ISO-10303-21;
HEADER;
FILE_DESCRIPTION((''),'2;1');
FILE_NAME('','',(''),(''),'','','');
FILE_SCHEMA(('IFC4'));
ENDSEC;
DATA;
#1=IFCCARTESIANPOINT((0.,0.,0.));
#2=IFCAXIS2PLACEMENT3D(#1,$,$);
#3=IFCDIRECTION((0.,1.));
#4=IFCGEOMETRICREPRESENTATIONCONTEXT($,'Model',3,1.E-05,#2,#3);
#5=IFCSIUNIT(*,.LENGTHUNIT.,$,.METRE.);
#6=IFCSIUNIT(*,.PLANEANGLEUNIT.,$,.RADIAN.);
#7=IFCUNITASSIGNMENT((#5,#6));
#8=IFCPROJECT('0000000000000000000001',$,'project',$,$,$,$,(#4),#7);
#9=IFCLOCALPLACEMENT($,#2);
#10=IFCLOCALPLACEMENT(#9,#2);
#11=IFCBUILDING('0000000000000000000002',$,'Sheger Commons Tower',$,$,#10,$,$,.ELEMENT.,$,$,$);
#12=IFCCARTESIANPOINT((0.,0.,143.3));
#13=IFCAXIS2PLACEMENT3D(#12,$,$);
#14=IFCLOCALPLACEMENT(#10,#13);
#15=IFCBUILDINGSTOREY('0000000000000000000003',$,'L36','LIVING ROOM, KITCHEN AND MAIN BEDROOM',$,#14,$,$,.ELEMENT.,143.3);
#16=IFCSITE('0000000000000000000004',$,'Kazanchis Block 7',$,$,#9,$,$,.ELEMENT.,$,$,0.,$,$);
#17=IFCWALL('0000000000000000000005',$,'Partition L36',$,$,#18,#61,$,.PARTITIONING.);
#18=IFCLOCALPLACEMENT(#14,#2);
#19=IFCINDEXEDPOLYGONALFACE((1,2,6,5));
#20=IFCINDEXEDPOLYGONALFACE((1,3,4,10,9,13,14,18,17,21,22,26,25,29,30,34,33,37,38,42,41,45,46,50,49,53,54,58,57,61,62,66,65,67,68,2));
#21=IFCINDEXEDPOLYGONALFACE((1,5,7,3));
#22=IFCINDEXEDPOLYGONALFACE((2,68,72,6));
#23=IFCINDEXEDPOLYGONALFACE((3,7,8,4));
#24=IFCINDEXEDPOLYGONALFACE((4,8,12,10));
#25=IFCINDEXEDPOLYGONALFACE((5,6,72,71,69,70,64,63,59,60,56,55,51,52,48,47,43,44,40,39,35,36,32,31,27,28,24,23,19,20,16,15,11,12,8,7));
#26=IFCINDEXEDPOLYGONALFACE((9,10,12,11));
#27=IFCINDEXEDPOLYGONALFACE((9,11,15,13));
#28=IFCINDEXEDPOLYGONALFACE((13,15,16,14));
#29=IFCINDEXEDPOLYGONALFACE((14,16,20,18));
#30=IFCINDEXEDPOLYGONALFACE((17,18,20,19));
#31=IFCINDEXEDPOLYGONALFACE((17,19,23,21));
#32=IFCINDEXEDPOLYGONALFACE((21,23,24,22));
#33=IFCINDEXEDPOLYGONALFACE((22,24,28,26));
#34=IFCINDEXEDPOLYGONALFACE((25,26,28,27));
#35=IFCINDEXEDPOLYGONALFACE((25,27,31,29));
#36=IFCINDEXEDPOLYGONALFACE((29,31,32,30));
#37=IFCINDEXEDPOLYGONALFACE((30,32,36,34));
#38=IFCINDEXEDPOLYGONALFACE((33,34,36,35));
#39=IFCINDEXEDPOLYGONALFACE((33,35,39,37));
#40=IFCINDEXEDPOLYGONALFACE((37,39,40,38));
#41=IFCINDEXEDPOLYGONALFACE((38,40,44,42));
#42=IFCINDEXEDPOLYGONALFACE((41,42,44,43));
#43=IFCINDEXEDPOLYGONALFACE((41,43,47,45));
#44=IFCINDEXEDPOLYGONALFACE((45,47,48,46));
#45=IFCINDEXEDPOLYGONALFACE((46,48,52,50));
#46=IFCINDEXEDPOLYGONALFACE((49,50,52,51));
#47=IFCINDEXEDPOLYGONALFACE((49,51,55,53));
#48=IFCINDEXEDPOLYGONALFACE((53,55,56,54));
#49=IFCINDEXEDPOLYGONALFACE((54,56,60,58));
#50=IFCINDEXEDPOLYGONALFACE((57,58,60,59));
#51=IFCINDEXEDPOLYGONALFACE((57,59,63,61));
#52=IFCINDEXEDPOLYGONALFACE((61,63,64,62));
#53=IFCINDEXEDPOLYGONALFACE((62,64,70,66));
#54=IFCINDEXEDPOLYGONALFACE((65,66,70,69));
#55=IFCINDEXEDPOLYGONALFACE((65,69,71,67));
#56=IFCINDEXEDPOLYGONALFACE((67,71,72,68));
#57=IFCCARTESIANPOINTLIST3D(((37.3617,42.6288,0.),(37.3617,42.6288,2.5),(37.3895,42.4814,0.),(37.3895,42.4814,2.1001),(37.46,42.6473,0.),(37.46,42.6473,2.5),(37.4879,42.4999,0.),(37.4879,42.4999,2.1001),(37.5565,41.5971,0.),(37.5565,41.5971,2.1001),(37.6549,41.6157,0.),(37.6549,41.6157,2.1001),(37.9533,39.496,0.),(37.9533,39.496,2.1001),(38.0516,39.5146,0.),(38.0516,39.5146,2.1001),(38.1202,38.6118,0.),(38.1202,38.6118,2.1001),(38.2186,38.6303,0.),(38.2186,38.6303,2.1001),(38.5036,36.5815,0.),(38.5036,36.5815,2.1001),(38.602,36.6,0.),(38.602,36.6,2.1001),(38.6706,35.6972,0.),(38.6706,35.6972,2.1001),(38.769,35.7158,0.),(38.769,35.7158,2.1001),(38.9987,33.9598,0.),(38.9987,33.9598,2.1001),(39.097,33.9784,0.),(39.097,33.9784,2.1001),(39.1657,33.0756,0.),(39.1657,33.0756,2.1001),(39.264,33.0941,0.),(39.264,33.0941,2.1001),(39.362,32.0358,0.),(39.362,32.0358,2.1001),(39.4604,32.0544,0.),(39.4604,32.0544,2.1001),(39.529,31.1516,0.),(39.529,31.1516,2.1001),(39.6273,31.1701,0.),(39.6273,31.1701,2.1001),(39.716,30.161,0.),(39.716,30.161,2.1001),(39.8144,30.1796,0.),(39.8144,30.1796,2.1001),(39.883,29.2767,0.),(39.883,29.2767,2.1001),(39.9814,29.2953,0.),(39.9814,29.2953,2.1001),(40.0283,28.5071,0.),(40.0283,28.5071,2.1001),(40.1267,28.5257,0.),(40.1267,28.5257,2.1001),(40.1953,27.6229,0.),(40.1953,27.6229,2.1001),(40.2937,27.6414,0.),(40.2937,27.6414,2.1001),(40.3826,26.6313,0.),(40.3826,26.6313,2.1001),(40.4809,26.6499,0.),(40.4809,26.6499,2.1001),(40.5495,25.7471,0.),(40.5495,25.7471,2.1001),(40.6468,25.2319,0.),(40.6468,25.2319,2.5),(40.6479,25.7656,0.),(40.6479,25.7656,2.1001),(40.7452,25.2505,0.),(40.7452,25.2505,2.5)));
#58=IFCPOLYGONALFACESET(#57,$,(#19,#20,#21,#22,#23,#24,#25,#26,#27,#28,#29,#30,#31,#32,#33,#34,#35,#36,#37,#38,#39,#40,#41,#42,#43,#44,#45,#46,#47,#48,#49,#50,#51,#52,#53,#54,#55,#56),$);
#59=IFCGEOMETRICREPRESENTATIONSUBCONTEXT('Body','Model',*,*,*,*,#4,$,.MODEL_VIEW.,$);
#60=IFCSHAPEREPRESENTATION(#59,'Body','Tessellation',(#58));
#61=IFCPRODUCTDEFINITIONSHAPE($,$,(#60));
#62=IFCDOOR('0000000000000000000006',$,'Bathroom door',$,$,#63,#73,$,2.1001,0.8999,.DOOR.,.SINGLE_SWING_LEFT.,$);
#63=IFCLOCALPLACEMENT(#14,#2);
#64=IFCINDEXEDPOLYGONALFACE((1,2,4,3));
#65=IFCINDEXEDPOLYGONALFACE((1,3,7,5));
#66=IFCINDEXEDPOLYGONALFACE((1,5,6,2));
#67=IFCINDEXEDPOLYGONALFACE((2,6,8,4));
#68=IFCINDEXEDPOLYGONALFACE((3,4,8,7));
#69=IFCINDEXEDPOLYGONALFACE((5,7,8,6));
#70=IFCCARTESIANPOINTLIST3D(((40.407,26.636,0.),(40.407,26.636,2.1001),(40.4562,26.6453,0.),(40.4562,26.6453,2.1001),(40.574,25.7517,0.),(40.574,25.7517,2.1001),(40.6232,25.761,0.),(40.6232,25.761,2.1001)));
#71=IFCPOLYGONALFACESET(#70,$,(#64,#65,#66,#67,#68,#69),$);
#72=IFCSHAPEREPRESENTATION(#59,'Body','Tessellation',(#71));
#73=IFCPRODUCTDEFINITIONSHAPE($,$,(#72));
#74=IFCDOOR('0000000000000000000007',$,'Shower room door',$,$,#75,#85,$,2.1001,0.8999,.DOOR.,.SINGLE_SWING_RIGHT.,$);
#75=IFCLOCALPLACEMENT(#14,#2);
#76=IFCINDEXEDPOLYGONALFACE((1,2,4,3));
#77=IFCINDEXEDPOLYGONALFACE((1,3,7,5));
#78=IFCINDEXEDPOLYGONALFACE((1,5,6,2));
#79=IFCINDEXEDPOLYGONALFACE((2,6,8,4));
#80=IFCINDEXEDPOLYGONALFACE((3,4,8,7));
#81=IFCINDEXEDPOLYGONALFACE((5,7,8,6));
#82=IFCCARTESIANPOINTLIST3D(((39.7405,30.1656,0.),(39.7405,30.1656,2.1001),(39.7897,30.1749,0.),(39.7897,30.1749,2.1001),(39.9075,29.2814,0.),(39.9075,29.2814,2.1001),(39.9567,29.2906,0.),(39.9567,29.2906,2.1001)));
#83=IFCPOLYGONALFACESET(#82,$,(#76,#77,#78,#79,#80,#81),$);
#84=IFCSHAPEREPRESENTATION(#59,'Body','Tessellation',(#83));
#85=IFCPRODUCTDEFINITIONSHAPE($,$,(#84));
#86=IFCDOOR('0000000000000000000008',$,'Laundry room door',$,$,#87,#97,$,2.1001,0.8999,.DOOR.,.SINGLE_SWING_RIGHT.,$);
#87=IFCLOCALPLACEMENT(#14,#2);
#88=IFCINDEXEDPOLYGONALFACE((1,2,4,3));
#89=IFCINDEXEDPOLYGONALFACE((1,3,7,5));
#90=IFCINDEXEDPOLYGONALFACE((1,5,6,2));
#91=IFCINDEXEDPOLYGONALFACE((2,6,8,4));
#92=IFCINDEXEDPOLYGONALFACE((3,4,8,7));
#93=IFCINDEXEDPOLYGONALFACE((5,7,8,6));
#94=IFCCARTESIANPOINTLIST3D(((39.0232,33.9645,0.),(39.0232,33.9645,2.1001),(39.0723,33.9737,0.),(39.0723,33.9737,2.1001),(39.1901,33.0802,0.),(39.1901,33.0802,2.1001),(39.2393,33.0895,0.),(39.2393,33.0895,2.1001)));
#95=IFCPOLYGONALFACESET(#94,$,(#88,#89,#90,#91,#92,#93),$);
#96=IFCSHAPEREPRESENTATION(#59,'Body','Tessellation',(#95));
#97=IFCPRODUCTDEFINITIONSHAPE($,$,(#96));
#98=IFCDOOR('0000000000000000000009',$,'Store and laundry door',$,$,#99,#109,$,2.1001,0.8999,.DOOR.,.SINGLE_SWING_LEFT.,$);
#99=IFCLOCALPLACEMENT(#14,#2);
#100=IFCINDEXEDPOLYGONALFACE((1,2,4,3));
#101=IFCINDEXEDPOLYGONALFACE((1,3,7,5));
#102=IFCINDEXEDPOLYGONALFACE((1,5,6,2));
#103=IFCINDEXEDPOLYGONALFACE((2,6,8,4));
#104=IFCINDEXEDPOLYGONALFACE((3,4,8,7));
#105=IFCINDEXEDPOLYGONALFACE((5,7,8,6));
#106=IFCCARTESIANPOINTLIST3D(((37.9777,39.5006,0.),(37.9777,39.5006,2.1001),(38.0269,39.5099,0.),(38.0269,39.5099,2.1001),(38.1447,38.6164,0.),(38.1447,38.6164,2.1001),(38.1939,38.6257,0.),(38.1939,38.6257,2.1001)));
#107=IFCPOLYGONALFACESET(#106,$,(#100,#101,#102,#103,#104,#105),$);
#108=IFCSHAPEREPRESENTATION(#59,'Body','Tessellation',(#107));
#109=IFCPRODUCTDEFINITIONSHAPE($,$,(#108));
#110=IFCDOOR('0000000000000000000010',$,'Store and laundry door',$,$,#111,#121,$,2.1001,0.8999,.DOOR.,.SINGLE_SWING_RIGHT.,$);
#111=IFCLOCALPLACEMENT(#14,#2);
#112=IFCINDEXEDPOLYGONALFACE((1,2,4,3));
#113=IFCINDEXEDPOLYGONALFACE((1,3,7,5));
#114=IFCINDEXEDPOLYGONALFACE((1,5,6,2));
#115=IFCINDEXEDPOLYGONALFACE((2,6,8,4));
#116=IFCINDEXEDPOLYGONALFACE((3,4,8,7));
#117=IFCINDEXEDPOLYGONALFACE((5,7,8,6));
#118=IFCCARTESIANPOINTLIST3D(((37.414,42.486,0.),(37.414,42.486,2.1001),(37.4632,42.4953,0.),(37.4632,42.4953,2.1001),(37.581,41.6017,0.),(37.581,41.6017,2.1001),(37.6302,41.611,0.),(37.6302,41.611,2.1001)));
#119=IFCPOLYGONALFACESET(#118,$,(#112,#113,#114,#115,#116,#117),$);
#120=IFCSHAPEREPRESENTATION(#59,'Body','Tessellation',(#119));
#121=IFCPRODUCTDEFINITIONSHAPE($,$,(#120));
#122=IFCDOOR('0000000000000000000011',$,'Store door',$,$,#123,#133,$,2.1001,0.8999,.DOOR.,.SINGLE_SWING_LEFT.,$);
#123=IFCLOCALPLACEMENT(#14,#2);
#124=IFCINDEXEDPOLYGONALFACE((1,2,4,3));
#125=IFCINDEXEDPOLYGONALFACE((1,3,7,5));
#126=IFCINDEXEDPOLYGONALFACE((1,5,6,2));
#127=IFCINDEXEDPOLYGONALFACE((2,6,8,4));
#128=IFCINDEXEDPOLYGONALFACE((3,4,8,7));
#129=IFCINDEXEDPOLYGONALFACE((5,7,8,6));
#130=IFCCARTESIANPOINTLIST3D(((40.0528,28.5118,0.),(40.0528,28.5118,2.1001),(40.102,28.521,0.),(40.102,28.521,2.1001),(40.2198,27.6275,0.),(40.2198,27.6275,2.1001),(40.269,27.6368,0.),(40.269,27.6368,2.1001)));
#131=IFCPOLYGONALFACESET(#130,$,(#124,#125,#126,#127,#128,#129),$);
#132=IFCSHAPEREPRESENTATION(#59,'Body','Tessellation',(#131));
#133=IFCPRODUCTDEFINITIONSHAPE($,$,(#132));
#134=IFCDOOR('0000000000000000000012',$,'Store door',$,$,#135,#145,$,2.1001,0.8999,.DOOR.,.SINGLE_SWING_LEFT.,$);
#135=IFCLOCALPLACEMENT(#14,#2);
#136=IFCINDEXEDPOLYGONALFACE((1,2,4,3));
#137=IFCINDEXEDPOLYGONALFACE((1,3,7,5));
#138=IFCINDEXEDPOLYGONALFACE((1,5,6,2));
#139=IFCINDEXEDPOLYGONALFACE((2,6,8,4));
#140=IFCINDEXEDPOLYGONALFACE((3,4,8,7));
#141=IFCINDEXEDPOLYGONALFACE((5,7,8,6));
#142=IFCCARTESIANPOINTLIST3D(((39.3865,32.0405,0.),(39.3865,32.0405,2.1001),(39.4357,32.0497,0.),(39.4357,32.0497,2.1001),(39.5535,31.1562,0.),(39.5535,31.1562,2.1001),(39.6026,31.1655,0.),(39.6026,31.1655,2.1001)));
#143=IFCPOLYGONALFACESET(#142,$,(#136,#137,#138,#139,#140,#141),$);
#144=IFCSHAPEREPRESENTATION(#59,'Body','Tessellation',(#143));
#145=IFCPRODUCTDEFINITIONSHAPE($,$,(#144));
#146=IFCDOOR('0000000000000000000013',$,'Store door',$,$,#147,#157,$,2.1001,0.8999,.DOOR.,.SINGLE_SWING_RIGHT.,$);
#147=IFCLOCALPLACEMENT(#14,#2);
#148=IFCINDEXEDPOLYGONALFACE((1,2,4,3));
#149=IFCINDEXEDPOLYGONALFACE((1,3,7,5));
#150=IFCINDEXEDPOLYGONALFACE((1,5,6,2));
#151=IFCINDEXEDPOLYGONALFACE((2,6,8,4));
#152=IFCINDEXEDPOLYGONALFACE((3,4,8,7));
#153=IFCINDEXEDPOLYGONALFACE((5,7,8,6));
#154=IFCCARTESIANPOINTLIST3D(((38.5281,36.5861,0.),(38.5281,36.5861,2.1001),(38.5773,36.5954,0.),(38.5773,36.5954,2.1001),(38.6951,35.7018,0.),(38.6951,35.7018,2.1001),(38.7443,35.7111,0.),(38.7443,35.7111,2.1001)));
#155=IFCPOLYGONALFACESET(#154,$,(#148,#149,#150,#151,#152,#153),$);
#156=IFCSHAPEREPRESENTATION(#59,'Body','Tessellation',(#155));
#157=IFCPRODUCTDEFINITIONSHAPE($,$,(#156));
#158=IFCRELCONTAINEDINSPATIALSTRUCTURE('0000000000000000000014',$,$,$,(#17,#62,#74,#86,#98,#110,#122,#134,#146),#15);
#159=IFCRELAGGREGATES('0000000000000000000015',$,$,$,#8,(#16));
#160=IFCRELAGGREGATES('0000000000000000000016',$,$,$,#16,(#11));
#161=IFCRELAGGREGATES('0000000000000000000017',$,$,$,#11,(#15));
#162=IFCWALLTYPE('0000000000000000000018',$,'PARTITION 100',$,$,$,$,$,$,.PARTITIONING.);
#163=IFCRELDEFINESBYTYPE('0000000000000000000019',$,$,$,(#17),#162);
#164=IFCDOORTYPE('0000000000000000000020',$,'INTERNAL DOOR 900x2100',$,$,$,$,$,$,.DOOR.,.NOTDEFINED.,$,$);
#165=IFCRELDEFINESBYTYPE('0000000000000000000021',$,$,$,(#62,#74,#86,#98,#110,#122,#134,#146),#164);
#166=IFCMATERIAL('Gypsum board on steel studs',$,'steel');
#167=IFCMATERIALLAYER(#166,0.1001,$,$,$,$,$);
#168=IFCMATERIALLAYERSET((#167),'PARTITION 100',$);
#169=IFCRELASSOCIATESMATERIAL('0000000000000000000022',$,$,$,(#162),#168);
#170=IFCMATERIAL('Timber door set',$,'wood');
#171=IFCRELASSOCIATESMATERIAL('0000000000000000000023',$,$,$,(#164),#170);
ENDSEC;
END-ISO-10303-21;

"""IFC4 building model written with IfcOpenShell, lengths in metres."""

from ifc_helpers import new_model, si_unit, direction, frame, frame_2d, origin, place, context, subcontext, project, spatial, rectangle, extrude, material, layer, layer_set, type_object, element, fill, save


model = new_model("IFC4")

# Units and contexts
model_context = context("Model", 3, precision=1e-05, world=origin(), true_north=direction((0.0, 1.0)))
body_context = subcontext(model_context, "Body", "Model", "MODEL_VIEW")
ifc_project = project(units=[si_unit("LENGTHUNIT", "METRE"), si_unit("PLANEANGLEUNIT", "RADIAN")], contexts=[model_context])

# Site, building, storey
site_placement = place(None, origin())
site = spatial("IfcSite", under=ifc_project, at=site_placement, Name="Kazanchis Block 7", CompositionType="ELEMENT", RefElevation=0.0)
building_placement = place(site_placement, origin())
building = spatial("IfcBuilding", under=site, at=building_placement, Name="Sheger Commons Tower", CompositionType="ELEMENT")
storey_placement = place(building_placement, frame((0.0, 0.0, 143.3)))
storey = spatial("IfcBuildingStorey", under=building, at=storey_placement, Name="L36", Description="LIVING ROOM, KITCHEN AND MAIN BEDROOM", CompositionType="ELEMENT", Elevation=143.3)

# Shared definitions
ifc_material_1 = material(Name="Gypsum board on steel studs", Category="steel")
ifc_layer = layer(ifc_material_1, 0.1001)
ifc_layer_set = layer_set([ifc_layer], Name="PARTITION 100")
wall_type = type_object("IfcWallType", Name="PARTITION 100", PredefinedType="PARTITIONING", material=ifc_layer_set)

# Wall, openings, doors
ifc_material_2 = material(Name="Timber door set", Category="wood")
door_type = type_object("IfcDoorType", Name="INTERNAL DOOR 900x2100", OperationType="NOTDEFINED", PredefinedType="DOOR", material=ifc_material_2)
wall_1_placement = place(storey_placement, frame((37.4109, 42.6379, 0.0), z_axis=(0.0, 0.0, 1.0), x_axis=(0.185556, -0.982634, 0.0)))
wall_1 = element("IfcWall", 1, at=wall_1_placement, inside=storey, type_object=wall_type, Name="Partition L36", PredefinedType="PARTITIONING", context=body_context, shape_type="SweptSolid", body=[
    extrude(rectangle(XDim=17.7043, YDim=0.1001, at=frame_2d((8.8521, 0.0))), origin(), (0.0, 0.0, 1.0), 2.5),
])
opening_1_placement = place(wall_1_placement, frame((16.28, 0.0, 0.0)))
opening_1 = element("IfcOpeningElement", 2, at=opening_1_placement, cuts=wall_1, PredefinedType="OPENING", context=body_context, shape_type="SweptSolid", body=[
    extrude(rectangle(XDim=0.8999, YDim=2.1001, at=frame_2d((0.45, 1.05))), frame((0.0, 0.0601, 0.0), z_axis=(0.0, -1.0, 0.0), x_axis=(1.0, 0.0, 0.0)), (0.0, 0.0, 1.0), 0.1201),
])
opening_2_placement = place(wall_1_placement, frame((12.688, 0.0, 0.0)))
opening_2 = element("IfcOpeningElement", 3, at=opening_2_placement, cuts=wall_1, PredefinedType="OPENING", context=body_context, shape_type="SweptSolid", body=[
    extrude(rectangle(XDim=0.8999, YDim=2.1001, at=frame_2d((0.45, 1.05))), frame((0.0, 0.0601, 0.0), z_axis=(0.0, -1.0, 0.0), x_axis=(1.0, 0.0, 0.0)), (0.0, 0.0, 1.0), 0.1201),
])
opening_3_placement = place(wall_1_placement, frame((8.822, 0.0, 0.0)))
opening_3 = element("IfcOpeningElement", 4, at=opening_3_placement, cuts=wall_1, PredefinedType="OPENING", context=body_context, shape_type="SweptSolid", body=[
    extrude(rectangle(XDim=0.8999, YDim=2.1001, at=frame_2d((0.45, 1.05))), frame((0.0, 0.0601, 0.0), z_axis=(0.0, -1.0, 0.0), x_axis=(1.0, 0.0, 0.0)), (0.0, 0.0, 1.0), 0.1201),
])
opening_4_placement = place(wall_1_placement, frame((3.188, 0.0, 0.0)))
opening_4 = element("IfcOpeningElement", 5, at=opening_4_placement, cuts=wall_1, PredefinedType="OPENING", context=body_context, shape_type="SweptSolid", body=[
    extrude(rectangle(XDim=0.8999, YDim=2.1001, at=frame_2d((0.45, 1.05))), frame((0.0, 0.0601, 0.0), z_axis=(0.0, -1.0, 0.0), x_axis=(1.0, 0.0, 0.0)), (0.0, 0.0, 1.0), 0.1201),
])
opening_5_placement = place(wall_1_placement, frame((0.1499, 0.0, 0.0)))
opening_5 = element("IfcOpeningElement", 6, at=opening_5_placement, cuts=wall_1, PredefinedType="OPENING", context=body_context, shape_type="SweptSolid", body=[
    extrude(rectangle(XDim=0.8999, YDim=2.1001, at=frame_2d((0.45, 1.05))), frame((0.0, 0.0601, 0.0), z_axis=(0.0, -1.0, 0.0), x_axis=(1.0, 0.0, 0.0)), (0.0, 0.0, 1.0), 0.1201),
])
opening_6_placement = place(wall_1_placement, frame((14.3711, 0.0, 0.0)))
opening_6 = element("IfcOpeningElement", 7, at=opening_6_placement, cuts=wall_1, PredefinedType="OPENING", context=body_context, shape_type="SweptSolid", body=[
    extrude(rectangle(XDim=0.8999, YDim=2.1001, at=frame_2d((0.45, 1.05))), frame((0.0, 0.0601, 0.0), z_axis=(0.0, -1.0, 0.0), x_axis=(1.0, 0.0, 0.0)), (0.0, 0.0, 1.0), 0.1201),
])
opening_7_placement = place(wall_1_placement, frame((10.78, 0.0, 0.0)))
opening_7 = element("IfcOpeningElement", 8, at=opening_7_placement, cuts=wall_1, PredefinedType="OPENING", context=body_context, shape_type="SweptSolid", body=[
    extrude(rectangle(XDim=0.8999, YDim=2.1001, at=frame_2d((0.45, 1.05))), frame((0.0, 0.0601, 0.0), z_axis=(0.0, -1.0, 0.0), x_axis=(1.0, 0.0, 0.0)), (0.0, 0.0, 1.0), 0.1201),
])
opening_8_placement = place(wall_1_placement, frame((6.1541, 0.0, 0.0)))
opening_8 = element("IfcOpeningElement", 9, at=opening_8_placement, cuts=wall_1, PredefinedType="OPENING", context=body_context, shape_type="SweptSolid", body=[
    extrude(rectangle(XDim=0.8999, YDim=2.1001, at=frame_2d((0.45, 1.05))), frame((0.0, 0.0601, 0.0), z_axis=(0.0, -1.0, 0.0), x_axis=(1.0, 0.0, 0.0)), (0.0, 0.0, 1.0), 0.1201),
])
door_1_placement = place(opening_1_placement, origin())
door_1 = element("IfcDoor", 10, at=door_1_placement, inside=storey, type_object=door_type, Name="Bathroom door", OperationType="SINGLE_SWING_LEFT", OverallHeight=2.1001, OverallWidth=0.8999, PredefinedType="DOOR", context=body_context, shape_type="SweptSolid", body=[
    extrude(rectangle(XDim=0.8999, YDim=2.1001, at=frame_2d((0.45, 1.05))), frame((0.0, 0.0249, 0.0), z_axis=(0.0, -1.0, 0.0), x_axis=(1.0, 0.0, 0.0)), (0.0, 0.0, 1.0), 0.05),
])
fill(opening_1, door_1)
door_2_placement = place(opening_2_placement, origin())
door_2 = element("IfcDoor", 11, at=door_2_placement, inside=storey, type_object=door_type, Name="Shower room door", OperationType="SINGLE_SWING_RIGHT", OverallHeight=2.1001, OverallWidth=0.8999, PredefinedType="DOOR", context=body_context, shape_type="SweptSolid", body=[
    extrude(rectangle(XDim=0.8999, YDim=2.1001, at=frame_2d((0.45, 1.05))), frame((0.0, 0.0249, 0.0), z_axis=(0.0, -1.0, 0.0), x_axis=(1.0, 0.0, 0.0)), (0.0, 0.0, 1.0), 0.05),
])
fill(opening_2, door_2)
door_3_placement = place(opening_3_placement, origin())
door_3 = element("IfcDoor", 12, at=door_3_placement, inside=storey, type_object=door_type, Name="Laundry room door", OperationType="SINGLE_SWING_RIGHT", OverallHeight=2.1001, OverallWidth=0.8999, PredefinedType="DOOR", context=body_context, shape_type="SweptSolid", body=[
    extrude(rectangle(XDim=0.8999, YDim=2.1001, at=frame_2d((0.45, 1.05))), frame((0.0, 0.0249, 0.0), z_axis=(0.0, -1.0, 0.0), x_axis=(1.0, 0.0, 0.0)), (0.0, 0.0, 1.0), 0.05),
])
fill(opening_3, door_3)
door_4_placement = place(opening_4_placement, origin())
door_4 = element("IfcDoor", 13, at=door_4_placement, inside=storey, type_object=door_type, Name="Store and laundry door", OperationType="SINGLE_SWING_LEFT", OverallHeight=2.1001, OverallWidth=0.8999, PredefinedType="DOOR", context=body_context, shape_type="SweptSolid", body=[
    extrude(rectangle(XDim=0.8999, YDim=2.1001, at=frame_2d((0.45, 1.05))), frame((0.0, 0.0249, 0.0), z_axis=(0.0, -1.0, 0.0), x_axis=(1.0, 0.0, 0.0)), (0.0, 0.0, 1.0), 0.05),
])
fill(opening_4, door_4)
door_5_placement = place(opening_5_placement, origin())
door_5 = element("IfcDoor", 14, at=door_5_placement, inside=storey, type_object=door_type, Name="Store and laundry door", OperationType="SINGLE_SWING_RIGHT", OverallHeight=2.1001, OverallWidth=0.8999, PredefinedType="DOOR", context=body_context, shape_type="SweptSolid", body=[
    extrude(rectangle(XDim=0.8999, YDim=2.1001, at=frame_2d((0.45, 1.05))), frame((0.0, 0.0249, 0.0), z_axis=(0.0, -1.0, 0.0), x_axis=(1.0, 0.0, 0.0)), (0.0, 0.0, 1.0), 0.05),
])
fill(opening_5, door_5)
door_6_placement = place(opening_6_placement, origin())
door_6 = element("IfcDoor", 15, at=door_6_placement, inside=storey, type_object=door_type, Name="Store door", OperationType="SINGLE_SWING_LEFT", OverallHeight=2.1001, OverallWidth=0.8999, PredefinedType="DOOR", context=body_context, shape_type="SweptSolid", body=[
    extrude(rectangle(XDim=0.8999, YDim=2.1001, at=frame_2d((0.45, 1.05))), frame((0.0, 0.0249, 0.0), z_axis=(0.0, -1.0, 0.0), x_axis=(1.0, 0.0, 0.0)), (0.0, 0.0, 1.0), 0.05),
])
fill(opening_6, door_6)
door_7_placement = place(opening_7_placement, origin())
door_7 = element("IfcDoor", 16, at=door_7_placement, inside=storey, type_object=door_type, Name="Store door", OperationType="SINGLE_SWING_LEFT", OverallHeight=2.1001, OverallWidth=0.8999, PredefinedType="DOOR", context=body_context, shape_type="SweptSolid", body=[
    extrude(rectangle(XDim=0.8999, YDim=2.1001, at=frame_2d((0.45, 1.05))), frame((0.0, 0.0249, 0.0), z_axis=(0.0, -1.0, 0.0), x_axis=(1.0, 0.0, 0.0)), (0.0, 0.0, 1.0), 0.05),
])
fill(opening_7, door_7)
door_8_placement = place(opening_8_placement, origin())
door_8 = element("IfcDoor", 17, at=door_8_placement, inside=storey, type_object=door_type, Name="Store door", OperationType="SINGLE_SWING_RIGHT", OverallHeight=2.1001, OverallWidth=0.8999, PredefinedType="DOOR", context=body_context, shape_type="SweptSolid", body=[
    extrude(rectangle(XDim=0.8999, YDim=2.1001, at=frame_2d((0.45, 1.05))), frame((0.0, 0.0249, 0.0), z_axis=(0.0, -1.0, 0.0), x_axis=(1.0, 0.0, 0.0)), (0.0, 0.0, 1.0), 0.05),
])
fill(opening_8, door_8)

save(model, "model.ifc")
